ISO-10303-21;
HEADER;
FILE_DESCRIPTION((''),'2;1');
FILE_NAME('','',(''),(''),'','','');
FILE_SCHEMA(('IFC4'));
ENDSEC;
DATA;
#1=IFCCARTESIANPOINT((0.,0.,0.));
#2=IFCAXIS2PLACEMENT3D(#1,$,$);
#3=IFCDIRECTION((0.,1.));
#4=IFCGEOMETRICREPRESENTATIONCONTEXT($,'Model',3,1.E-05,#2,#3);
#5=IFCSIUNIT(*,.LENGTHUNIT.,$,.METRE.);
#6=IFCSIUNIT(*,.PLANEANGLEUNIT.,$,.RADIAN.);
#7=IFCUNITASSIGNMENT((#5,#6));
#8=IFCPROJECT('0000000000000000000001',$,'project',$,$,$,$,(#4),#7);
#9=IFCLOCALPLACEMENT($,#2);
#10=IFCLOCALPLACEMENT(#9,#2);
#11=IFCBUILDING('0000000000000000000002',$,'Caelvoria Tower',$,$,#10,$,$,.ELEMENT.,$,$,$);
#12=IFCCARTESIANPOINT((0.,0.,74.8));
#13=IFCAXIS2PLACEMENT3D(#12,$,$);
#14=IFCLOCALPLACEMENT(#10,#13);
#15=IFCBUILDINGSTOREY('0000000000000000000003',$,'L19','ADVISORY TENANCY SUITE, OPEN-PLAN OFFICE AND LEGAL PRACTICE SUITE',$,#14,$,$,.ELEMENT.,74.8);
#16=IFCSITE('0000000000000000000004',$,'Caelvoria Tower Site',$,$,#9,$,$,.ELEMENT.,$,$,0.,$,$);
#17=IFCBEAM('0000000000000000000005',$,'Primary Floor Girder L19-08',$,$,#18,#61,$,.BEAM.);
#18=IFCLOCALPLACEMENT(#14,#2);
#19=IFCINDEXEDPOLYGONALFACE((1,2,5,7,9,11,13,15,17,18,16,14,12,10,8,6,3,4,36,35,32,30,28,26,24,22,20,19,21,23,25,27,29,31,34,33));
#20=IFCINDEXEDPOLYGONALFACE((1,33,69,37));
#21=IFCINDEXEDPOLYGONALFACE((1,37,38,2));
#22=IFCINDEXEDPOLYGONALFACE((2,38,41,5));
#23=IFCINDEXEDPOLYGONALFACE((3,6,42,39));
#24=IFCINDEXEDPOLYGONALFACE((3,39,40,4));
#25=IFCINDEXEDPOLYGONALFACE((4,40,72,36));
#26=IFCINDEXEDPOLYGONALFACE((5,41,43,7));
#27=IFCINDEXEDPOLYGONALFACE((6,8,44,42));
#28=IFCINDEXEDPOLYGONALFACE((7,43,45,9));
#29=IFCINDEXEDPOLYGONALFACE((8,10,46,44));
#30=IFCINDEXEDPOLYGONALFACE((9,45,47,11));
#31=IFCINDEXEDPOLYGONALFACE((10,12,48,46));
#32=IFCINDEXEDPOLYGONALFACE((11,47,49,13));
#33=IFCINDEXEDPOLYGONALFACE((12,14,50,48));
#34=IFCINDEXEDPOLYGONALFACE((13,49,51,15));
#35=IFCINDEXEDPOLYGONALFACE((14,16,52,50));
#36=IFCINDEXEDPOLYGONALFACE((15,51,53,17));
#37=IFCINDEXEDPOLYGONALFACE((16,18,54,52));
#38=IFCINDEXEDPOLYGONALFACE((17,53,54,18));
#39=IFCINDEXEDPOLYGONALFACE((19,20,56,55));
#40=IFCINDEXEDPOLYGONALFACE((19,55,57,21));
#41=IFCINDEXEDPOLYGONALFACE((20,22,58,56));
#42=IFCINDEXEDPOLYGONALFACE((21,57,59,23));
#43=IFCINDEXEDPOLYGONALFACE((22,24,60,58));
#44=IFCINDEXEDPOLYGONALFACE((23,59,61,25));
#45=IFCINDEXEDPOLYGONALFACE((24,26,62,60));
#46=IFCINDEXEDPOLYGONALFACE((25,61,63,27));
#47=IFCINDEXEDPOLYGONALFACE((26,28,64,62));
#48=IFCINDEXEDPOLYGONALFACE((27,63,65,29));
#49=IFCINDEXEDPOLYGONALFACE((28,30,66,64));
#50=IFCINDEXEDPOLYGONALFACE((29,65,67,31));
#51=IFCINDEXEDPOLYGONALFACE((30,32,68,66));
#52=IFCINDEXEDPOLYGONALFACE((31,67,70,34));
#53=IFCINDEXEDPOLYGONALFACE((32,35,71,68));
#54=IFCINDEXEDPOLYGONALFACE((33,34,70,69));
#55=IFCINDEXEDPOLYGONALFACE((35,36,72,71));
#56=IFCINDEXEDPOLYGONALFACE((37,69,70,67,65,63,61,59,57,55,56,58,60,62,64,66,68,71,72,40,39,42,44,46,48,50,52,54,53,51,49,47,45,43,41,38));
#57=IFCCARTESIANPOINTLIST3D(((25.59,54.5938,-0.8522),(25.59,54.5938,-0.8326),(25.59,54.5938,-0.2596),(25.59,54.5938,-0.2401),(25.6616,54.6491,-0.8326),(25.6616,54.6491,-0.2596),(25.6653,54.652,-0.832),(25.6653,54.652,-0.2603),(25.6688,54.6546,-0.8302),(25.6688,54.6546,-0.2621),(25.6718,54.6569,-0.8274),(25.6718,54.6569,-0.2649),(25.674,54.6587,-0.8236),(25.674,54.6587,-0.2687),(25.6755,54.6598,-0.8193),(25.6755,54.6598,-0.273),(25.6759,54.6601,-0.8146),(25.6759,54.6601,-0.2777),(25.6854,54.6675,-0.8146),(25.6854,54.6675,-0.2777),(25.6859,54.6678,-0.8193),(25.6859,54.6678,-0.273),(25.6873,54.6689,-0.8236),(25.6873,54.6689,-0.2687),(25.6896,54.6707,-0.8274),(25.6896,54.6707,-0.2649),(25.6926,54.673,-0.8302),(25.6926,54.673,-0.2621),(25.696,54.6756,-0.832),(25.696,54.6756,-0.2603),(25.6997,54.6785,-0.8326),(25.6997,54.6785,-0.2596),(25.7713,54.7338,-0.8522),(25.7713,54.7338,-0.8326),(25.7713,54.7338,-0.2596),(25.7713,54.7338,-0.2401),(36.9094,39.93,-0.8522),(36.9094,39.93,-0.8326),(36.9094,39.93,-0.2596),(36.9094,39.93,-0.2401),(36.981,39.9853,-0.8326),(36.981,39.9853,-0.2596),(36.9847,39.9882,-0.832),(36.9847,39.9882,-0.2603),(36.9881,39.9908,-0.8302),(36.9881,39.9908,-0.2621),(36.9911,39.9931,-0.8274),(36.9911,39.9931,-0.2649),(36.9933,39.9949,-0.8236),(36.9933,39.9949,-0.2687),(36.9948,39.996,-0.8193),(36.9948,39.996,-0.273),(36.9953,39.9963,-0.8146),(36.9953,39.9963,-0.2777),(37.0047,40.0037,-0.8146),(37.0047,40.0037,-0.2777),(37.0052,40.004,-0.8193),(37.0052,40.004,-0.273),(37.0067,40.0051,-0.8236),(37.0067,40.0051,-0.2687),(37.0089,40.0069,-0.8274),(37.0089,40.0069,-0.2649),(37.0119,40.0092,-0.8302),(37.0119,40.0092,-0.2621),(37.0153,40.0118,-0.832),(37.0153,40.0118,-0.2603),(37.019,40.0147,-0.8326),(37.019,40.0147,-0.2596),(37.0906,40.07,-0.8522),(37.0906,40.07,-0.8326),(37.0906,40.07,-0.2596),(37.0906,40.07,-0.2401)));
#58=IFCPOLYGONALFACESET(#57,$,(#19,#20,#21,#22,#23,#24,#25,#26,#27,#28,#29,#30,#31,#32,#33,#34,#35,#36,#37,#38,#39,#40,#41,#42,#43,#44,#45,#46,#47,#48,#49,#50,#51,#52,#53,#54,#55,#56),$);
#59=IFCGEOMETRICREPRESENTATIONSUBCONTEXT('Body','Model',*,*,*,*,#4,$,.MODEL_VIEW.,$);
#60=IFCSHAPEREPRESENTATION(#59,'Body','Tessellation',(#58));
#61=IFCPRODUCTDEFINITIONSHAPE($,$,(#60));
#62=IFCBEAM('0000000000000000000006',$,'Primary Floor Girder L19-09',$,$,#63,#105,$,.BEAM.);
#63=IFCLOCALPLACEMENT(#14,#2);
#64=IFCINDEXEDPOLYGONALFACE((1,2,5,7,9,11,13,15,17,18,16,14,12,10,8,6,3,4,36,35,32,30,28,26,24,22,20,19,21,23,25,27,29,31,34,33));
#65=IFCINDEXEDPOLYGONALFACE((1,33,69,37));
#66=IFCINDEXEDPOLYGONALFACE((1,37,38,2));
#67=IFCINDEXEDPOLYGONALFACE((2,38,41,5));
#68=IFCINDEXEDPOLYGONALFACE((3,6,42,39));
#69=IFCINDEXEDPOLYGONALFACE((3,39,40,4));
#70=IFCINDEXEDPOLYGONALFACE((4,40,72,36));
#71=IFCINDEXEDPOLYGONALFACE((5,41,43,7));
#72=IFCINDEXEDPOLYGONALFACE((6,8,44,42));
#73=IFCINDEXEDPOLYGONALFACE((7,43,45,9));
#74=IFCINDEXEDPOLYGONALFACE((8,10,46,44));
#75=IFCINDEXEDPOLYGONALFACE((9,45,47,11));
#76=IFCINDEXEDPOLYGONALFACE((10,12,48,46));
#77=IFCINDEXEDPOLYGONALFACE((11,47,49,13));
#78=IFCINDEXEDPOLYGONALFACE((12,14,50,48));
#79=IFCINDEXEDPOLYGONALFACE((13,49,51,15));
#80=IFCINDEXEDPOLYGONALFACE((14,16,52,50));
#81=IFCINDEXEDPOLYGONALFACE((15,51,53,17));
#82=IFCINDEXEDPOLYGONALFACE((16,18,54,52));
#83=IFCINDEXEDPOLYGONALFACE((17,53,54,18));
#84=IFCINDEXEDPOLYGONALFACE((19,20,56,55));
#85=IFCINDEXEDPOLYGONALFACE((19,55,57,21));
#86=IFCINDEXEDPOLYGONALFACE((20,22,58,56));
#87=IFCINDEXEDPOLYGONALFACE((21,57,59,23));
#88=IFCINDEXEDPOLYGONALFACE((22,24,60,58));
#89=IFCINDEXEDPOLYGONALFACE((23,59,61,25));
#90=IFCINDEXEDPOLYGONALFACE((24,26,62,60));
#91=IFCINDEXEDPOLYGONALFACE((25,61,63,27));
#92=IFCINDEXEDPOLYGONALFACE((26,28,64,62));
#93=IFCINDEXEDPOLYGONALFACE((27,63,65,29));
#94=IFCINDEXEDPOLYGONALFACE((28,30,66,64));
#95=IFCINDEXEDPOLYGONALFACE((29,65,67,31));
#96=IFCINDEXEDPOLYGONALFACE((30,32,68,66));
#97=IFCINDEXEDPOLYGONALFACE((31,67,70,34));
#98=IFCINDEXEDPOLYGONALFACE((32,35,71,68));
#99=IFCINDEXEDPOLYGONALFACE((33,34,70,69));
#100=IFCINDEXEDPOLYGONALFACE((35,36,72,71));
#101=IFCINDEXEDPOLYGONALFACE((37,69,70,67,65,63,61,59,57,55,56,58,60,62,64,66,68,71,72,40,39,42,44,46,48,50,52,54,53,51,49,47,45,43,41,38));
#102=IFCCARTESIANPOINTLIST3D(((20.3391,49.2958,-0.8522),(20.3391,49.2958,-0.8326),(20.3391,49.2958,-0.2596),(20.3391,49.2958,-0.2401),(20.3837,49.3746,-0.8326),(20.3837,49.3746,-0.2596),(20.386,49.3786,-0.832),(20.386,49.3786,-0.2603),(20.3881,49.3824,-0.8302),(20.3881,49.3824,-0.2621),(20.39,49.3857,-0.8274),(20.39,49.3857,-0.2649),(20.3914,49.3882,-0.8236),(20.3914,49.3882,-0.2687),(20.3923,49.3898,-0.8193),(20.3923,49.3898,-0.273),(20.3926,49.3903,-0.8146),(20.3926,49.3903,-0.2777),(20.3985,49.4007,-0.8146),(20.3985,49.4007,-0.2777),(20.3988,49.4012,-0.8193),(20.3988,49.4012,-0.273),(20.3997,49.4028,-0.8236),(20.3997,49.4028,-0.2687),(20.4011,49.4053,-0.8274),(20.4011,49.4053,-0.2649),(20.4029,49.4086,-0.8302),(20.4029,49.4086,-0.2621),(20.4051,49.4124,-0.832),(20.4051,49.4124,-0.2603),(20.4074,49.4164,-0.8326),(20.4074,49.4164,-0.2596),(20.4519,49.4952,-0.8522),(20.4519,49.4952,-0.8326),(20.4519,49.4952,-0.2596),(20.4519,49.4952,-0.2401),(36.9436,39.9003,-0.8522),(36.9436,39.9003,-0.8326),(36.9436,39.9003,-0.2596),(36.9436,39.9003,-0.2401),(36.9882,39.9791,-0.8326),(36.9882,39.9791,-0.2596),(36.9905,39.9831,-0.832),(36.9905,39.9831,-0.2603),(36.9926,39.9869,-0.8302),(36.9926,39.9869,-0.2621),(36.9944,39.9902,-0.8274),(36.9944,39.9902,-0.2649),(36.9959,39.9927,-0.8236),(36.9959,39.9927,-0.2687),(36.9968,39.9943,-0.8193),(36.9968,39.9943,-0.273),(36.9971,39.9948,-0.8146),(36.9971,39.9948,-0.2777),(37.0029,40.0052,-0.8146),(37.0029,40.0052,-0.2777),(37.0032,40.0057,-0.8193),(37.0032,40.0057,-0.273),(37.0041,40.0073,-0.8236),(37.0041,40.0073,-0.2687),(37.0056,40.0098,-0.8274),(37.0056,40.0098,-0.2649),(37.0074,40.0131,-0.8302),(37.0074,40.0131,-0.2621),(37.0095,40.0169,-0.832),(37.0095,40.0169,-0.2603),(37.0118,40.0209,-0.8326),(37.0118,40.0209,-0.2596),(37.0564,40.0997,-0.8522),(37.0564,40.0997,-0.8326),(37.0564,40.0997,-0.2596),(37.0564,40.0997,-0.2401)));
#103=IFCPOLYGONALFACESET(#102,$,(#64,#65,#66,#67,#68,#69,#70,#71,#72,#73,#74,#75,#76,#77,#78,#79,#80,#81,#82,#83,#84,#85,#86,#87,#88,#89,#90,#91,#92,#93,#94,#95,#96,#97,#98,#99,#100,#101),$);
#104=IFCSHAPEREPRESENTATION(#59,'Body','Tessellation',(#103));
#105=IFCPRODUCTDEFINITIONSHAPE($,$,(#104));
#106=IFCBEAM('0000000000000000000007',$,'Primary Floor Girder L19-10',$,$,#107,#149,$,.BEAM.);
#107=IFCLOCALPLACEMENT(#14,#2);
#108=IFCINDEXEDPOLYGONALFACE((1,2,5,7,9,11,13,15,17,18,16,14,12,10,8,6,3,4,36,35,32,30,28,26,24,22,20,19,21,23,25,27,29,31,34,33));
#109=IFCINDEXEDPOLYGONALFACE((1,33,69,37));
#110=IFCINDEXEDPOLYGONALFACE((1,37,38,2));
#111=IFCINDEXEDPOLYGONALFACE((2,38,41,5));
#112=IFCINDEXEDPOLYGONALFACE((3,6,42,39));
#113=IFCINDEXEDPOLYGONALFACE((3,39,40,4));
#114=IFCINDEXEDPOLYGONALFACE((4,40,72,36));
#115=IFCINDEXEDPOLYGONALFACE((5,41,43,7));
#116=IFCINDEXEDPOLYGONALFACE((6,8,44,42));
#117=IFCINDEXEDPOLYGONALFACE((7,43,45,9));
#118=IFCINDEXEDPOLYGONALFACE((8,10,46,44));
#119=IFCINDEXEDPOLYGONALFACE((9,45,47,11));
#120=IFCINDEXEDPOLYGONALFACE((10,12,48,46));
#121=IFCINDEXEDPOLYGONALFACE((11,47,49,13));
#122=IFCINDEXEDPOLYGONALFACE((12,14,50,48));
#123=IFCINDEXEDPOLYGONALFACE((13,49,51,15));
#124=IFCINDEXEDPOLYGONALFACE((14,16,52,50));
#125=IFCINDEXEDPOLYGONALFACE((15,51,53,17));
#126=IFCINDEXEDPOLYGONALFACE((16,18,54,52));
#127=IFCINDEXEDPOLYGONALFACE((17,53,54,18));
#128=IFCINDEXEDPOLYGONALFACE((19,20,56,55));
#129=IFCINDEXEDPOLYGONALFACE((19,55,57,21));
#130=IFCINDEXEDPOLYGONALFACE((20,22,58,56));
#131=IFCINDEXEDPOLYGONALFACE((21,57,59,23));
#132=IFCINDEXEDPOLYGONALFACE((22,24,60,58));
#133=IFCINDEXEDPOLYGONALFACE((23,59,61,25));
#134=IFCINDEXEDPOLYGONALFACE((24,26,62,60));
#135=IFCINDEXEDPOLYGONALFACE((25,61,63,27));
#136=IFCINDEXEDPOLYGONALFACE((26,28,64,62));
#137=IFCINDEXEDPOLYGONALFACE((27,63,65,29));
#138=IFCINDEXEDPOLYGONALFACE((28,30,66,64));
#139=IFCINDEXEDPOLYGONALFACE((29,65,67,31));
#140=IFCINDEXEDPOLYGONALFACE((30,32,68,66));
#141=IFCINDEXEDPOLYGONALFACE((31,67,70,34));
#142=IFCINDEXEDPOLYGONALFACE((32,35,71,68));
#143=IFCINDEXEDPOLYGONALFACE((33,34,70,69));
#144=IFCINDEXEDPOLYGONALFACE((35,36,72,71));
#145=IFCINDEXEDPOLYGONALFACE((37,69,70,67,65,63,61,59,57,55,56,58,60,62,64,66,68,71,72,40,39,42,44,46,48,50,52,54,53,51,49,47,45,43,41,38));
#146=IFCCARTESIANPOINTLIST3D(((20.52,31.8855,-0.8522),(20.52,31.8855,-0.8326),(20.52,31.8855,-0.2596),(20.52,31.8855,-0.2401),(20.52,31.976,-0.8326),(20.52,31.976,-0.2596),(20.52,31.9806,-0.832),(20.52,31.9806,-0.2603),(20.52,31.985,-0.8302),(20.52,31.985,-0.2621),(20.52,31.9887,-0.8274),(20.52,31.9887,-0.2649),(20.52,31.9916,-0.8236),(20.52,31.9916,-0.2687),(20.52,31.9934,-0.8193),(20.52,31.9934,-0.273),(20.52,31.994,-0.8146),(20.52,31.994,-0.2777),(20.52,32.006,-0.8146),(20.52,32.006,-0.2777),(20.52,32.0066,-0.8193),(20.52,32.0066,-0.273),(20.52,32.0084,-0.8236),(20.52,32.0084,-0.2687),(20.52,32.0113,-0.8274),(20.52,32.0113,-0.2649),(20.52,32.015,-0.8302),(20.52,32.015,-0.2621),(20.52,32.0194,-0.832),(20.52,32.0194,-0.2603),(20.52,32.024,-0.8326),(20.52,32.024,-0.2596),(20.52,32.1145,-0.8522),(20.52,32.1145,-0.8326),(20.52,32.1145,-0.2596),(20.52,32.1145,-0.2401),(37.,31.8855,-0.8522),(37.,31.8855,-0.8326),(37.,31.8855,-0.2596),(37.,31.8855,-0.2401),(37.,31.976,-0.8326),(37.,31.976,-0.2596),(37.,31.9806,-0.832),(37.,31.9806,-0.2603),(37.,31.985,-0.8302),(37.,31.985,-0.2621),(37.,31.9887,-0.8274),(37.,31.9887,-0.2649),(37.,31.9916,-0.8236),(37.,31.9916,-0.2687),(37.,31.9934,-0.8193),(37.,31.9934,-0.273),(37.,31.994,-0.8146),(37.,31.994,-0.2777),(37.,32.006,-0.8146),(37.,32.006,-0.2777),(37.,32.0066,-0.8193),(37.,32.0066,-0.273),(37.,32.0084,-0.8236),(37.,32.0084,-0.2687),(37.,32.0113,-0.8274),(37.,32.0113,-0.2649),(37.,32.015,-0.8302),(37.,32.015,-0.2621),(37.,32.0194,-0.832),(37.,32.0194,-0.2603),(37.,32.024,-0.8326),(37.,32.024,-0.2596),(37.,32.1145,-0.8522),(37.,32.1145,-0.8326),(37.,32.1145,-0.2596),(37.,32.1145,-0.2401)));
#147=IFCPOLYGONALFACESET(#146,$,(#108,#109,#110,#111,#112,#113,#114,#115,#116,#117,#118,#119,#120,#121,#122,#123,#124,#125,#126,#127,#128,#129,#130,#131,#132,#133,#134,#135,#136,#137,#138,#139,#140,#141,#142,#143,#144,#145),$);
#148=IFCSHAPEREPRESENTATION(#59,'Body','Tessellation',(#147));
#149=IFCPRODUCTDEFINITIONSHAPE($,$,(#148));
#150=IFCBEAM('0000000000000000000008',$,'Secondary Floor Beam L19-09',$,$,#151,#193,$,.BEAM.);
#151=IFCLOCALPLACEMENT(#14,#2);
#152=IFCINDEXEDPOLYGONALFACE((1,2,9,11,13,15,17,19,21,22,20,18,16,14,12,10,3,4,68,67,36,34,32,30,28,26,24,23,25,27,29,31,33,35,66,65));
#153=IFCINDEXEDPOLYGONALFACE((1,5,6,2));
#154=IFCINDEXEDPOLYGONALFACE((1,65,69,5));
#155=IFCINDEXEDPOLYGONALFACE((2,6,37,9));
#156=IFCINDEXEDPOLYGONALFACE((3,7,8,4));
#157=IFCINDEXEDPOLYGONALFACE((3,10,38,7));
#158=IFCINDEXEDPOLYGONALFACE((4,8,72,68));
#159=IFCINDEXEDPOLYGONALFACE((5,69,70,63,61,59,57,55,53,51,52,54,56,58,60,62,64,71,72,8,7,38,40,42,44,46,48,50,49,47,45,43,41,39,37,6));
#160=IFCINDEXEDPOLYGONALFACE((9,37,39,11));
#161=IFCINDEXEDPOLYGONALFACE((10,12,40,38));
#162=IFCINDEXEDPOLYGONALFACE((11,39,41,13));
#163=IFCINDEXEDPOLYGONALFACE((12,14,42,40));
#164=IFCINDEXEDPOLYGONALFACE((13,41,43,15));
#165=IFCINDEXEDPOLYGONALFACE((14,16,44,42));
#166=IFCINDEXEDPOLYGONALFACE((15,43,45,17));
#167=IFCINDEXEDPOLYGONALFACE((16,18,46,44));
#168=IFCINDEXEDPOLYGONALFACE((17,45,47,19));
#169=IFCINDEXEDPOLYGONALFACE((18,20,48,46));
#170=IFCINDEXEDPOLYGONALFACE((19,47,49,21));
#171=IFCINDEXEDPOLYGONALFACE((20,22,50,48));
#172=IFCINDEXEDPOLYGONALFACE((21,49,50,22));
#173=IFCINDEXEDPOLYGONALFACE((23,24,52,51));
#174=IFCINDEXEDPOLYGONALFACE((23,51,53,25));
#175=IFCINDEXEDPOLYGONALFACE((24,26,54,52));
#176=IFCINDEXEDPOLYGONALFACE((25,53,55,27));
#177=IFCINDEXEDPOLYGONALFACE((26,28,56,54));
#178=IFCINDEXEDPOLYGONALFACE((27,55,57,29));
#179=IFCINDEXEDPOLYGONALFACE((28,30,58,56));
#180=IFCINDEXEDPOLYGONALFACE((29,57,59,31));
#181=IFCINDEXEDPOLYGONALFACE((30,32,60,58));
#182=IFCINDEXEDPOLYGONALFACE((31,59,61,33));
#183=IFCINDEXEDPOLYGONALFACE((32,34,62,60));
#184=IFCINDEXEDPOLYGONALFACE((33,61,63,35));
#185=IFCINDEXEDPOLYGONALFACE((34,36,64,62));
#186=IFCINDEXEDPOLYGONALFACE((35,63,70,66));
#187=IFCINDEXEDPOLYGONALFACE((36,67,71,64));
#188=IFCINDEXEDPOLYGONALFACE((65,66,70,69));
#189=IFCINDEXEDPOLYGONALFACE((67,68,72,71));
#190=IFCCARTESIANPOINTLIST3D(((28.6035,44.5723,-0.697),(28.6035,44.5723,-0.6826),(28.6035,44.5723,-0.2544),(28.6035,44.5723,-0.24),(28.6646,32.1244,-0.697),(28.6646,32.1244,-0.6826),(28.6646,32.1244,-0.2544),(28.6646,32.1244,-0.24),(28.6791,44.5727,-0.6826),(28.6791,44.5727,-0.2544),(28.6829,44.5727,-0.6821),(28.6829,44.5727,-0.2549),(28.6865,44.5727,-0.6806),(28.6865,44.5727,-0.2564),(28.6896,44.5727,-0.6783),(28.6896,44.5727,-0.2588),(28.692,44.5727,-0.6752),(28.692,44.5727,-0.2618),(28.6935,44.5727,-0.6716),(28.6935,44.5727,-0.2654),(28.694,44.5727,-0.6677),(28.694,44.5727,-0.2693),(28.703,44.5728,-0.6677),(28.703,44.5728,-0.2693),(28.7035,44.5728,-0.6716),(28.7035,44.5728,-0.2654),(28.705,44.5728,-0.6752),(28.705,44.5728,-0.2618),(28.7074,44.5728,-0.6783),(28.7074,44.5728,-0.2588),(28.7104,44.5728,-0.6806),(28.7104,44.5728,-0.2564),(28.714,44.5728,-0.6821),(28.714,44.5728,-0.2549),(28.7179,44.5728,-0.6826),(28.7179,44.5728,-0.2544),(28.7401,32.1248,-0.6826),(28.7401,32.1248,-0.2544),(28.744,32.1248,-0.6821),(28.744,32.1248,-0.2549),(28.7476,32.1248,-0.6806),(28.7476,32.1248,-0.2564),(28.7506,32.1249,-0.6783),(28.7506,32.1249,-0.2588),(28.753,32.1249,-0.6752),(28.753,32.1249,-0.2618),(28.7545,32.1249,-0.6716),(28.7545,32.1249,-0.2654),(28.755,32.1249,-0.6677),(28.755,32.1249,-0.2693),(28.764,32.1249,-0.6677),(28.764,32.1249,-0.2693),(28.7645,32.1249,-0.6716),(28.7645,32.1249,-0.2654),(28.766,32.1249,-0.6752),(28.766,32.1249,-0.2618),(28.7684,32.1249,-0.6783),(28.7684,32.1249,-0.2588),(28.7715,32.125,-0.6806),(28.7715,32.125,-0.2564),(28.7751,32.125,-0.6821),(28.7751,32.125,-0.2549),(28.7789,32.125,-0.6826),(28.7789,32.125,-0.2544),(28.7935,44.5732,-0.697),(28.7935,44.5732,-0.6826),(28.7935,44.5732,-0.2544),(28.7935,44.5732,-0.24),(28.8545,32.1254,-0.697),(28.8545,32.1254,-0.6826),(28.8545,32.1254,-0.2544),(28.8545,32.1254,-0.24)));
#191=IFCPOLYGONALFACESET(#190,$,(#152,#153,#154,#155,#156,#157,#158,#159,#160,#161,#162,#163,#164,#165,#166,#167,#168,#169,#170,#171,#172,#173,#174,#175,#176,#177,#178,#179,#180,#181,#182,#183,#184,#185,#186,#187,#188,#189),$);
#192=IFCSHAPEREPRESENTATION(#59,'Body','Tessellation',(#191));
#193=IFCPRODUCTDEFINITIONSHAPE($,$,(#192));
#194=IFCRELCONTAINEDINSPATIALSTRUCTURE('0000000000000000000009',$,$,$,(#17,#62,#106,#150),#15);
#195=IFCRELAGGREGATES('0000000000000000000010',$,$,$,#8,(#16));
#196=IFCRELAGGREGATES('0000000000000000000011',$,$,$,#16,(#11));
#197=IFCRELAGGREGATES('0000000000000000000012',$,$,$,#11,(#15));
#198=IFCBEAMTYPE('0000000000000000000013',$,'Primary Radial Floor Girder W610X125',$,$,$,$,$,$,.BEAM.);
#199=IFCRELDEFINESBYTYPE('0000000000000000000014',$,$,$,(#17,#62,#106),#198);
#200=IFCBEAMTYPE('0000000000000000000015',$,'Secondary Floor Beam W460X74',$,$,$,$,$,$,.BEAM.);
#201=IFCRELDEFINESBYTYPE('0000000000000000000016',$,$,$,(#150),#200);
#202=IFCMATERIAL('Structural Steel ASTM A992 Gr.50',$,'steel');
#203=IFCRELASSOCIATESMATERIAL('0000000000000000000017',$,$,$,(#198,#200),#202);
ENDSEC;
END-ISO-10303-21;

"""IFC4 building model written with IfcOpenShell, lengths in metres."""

from ifc_helpers import new_model, si_unit, direction, frame, origin, origin_2d, place, context, subcontext, project, spatial, i_section, extrude, material, material_profile, profile_set, type_object, element, save


model = new_model("IFC4")

# Units and contexts
model_context = context("Model", 3, precision=1e-05, world=origin(), true_north=direction((0.0, 1.0)))
body_context = subcontext(model_context, "Body", "Model", "MODEL_VIEW")
ifc_project = project(units=[si_unit("LENGTHUNIT", "METRE"), si_unit("PLANEANGLEUNIT", "RADIAN")], contexts=[model_context])

# Site, building, storey
site_placement = place(None, origin())
site = spatial("IfcSite", under=ifc_project, at=site_placement, Name="Caelvoria Tower Site", CompositionType="ELEMENT", RefElevation=0.0)
building_placement = place(site_placement, origin())
building = spatial("IfcBuilding", under=site, at=building_placement, Name="Caelvoria Tower", CompositionType="ELEMENT")
storey_placement = place(building_placement, frame((0.0, 0.0, 74.8)))
storey = spatial("IfcBuildingStorey", under=building, at=storey_placement, Name="L19", Description="ADVISORY TENANCY SUITE, OPEN-PLAN OFFICE AND LEGAL PRACTICE SUITE", CompositionType="ELEMENT", Elevation=74.8)

# Beams
ifc_material_1 = material(Name="Structural Steel ASTM A992 Gr.50", Category="steel")
ifc_material_profile_1 = material_profile(ifc_material_1, i_section(OverallWidth=0.229, OverallDepth=0.6121, WebThickness=0.012, FlangeThickness=0.0195, FilletRadius=0.0181, at=origin_2d()), Name="Structural Steel ASTM A992 Gr.50")
ifc_profile_set_1 = profile_set([ifc_material_profile_1], Name="W610X125 - Structural Steel ASTM A992 Gr.50")
beam_type_1 = type_object("IfcBeamType", Name="Primary Radial Floor Girder W610X125", PredefinedType="BEAM", material=ifc_profile_set_1)
beam_1_placement = place(storey_placement, frame((37.0, 40.0, -0.5461), z_axis=(-0.611049, 0.791593, 0.0), x_axis=(-0.791593, -0.611049, 0.0)))
element("IfcBeam", 1, at=beam_1_placement, inside=storey, type_object=beam_type_1, Name="Primary Floor Girder L19-08", PredefinedType="BEAM", context=body_context, shape_type="SweptSolid", body=[
    extrude(i_section(OverallWidth=0.229, OverallDepth=0.6121, WebThickness=0.012, FlangeThickness=0.0195, FilletRadius=0.0181, at=origin_2d()), origin(), (0.0, 0.0, 1.0), 18.5244),
])
beam_2_placement = place(storey_placement, frame((37.0, 40.0, -0.5461), z_axis=(-0.87033, 0.492469, 0.0), x_axis=(-0.492469, -0.87033, 0.0)))
element("IfcBeam", 2, at=beam_2_placement, inside=storey, type_object=beam_type_1, Name="Primary Floor Girder L19-09", PredefinedType="BEAM", context=body_context, shape_type="SweptSolid", body=[
    extrude(i_section(OverallWidth=0.229, OverallDepth=0.6121, WebThickness=0.012, FlangeThickness=0.0195, FilletRadius=0.0181, at=origin_2d()), origin(), (0.0, 0.0, 1.0), 19.0784),
])
beam_3_placement = place(storey_placement, frame((37.0, 32.0, -0.5461), z_axis=(-1.0, 0.0, 0.0), x_axis=(0.0, -1.0, 0.0)))
element("IfcBeam", 3, at=beam_3_placement, inside=storey, type_object=beam_type_1, Name="Primary Floor Girder L19-10", PredefinedType="BEAM", context=body_context, shape_type="SweptSolid", body=[
    extrude(i_section(OverallWidth=0.229, OverallDepth=0.6121, WebThickness=0.012, FlangeThickness=0.0195, FilletRadius=0.0181, at=origin_2d()), origin(), (0.0, 0.0, 1.0), 16.48),
])
ifc_material_profile_2 = material_profile(ifc_material_1, i_section(OverallWidth=0.1899, OverallDepth=0.457, WebThickness=0.009, FlangeThickness=0.0144, FilletRadius=0.0149, at=origin_2d()), Name="Structural Steel ASTM A992 Gr.50")
ifc_profile_set_2 = profile_set([ifc_material_profile_2], Name="W460X74 - Structural Steel ASTM A992 Gr.50")
beam_type_2 = type_object("IfcBeamType", Name="Secondary Floor Beam W460X74", PredefinedType="BEAM", material=ifc_profile_set_2)
for number, where, z_axis, x_axis, name in (
    (4, (28.6985, 44.5728, -0.4685), (0.004903, -0.999988, 0.0), (0.999988, 0.004903, 0.0), "Secondary Floor Beam L19-09"),
):
    element("IfcBeam", number, at=place(storey_placement, frame(where, z_axis=z_axis, x_axis=x_axis)), inside=storey, type_object=beam_type_2, Name=name, PredefinedType="BEAM", context=body_context, shape_type="SweptSolid", body=[
        extrude(i_section(OverallWidth=0.1899, OverallDepth=0.457, WebThickness=0.009, FlangeThickness=0.0144, FilletRadius=0.0149, at=origin_2d()), origin(), (0.0, 0.0, 1.0), 12.448),
    ])

save(model, "model.ifc")
